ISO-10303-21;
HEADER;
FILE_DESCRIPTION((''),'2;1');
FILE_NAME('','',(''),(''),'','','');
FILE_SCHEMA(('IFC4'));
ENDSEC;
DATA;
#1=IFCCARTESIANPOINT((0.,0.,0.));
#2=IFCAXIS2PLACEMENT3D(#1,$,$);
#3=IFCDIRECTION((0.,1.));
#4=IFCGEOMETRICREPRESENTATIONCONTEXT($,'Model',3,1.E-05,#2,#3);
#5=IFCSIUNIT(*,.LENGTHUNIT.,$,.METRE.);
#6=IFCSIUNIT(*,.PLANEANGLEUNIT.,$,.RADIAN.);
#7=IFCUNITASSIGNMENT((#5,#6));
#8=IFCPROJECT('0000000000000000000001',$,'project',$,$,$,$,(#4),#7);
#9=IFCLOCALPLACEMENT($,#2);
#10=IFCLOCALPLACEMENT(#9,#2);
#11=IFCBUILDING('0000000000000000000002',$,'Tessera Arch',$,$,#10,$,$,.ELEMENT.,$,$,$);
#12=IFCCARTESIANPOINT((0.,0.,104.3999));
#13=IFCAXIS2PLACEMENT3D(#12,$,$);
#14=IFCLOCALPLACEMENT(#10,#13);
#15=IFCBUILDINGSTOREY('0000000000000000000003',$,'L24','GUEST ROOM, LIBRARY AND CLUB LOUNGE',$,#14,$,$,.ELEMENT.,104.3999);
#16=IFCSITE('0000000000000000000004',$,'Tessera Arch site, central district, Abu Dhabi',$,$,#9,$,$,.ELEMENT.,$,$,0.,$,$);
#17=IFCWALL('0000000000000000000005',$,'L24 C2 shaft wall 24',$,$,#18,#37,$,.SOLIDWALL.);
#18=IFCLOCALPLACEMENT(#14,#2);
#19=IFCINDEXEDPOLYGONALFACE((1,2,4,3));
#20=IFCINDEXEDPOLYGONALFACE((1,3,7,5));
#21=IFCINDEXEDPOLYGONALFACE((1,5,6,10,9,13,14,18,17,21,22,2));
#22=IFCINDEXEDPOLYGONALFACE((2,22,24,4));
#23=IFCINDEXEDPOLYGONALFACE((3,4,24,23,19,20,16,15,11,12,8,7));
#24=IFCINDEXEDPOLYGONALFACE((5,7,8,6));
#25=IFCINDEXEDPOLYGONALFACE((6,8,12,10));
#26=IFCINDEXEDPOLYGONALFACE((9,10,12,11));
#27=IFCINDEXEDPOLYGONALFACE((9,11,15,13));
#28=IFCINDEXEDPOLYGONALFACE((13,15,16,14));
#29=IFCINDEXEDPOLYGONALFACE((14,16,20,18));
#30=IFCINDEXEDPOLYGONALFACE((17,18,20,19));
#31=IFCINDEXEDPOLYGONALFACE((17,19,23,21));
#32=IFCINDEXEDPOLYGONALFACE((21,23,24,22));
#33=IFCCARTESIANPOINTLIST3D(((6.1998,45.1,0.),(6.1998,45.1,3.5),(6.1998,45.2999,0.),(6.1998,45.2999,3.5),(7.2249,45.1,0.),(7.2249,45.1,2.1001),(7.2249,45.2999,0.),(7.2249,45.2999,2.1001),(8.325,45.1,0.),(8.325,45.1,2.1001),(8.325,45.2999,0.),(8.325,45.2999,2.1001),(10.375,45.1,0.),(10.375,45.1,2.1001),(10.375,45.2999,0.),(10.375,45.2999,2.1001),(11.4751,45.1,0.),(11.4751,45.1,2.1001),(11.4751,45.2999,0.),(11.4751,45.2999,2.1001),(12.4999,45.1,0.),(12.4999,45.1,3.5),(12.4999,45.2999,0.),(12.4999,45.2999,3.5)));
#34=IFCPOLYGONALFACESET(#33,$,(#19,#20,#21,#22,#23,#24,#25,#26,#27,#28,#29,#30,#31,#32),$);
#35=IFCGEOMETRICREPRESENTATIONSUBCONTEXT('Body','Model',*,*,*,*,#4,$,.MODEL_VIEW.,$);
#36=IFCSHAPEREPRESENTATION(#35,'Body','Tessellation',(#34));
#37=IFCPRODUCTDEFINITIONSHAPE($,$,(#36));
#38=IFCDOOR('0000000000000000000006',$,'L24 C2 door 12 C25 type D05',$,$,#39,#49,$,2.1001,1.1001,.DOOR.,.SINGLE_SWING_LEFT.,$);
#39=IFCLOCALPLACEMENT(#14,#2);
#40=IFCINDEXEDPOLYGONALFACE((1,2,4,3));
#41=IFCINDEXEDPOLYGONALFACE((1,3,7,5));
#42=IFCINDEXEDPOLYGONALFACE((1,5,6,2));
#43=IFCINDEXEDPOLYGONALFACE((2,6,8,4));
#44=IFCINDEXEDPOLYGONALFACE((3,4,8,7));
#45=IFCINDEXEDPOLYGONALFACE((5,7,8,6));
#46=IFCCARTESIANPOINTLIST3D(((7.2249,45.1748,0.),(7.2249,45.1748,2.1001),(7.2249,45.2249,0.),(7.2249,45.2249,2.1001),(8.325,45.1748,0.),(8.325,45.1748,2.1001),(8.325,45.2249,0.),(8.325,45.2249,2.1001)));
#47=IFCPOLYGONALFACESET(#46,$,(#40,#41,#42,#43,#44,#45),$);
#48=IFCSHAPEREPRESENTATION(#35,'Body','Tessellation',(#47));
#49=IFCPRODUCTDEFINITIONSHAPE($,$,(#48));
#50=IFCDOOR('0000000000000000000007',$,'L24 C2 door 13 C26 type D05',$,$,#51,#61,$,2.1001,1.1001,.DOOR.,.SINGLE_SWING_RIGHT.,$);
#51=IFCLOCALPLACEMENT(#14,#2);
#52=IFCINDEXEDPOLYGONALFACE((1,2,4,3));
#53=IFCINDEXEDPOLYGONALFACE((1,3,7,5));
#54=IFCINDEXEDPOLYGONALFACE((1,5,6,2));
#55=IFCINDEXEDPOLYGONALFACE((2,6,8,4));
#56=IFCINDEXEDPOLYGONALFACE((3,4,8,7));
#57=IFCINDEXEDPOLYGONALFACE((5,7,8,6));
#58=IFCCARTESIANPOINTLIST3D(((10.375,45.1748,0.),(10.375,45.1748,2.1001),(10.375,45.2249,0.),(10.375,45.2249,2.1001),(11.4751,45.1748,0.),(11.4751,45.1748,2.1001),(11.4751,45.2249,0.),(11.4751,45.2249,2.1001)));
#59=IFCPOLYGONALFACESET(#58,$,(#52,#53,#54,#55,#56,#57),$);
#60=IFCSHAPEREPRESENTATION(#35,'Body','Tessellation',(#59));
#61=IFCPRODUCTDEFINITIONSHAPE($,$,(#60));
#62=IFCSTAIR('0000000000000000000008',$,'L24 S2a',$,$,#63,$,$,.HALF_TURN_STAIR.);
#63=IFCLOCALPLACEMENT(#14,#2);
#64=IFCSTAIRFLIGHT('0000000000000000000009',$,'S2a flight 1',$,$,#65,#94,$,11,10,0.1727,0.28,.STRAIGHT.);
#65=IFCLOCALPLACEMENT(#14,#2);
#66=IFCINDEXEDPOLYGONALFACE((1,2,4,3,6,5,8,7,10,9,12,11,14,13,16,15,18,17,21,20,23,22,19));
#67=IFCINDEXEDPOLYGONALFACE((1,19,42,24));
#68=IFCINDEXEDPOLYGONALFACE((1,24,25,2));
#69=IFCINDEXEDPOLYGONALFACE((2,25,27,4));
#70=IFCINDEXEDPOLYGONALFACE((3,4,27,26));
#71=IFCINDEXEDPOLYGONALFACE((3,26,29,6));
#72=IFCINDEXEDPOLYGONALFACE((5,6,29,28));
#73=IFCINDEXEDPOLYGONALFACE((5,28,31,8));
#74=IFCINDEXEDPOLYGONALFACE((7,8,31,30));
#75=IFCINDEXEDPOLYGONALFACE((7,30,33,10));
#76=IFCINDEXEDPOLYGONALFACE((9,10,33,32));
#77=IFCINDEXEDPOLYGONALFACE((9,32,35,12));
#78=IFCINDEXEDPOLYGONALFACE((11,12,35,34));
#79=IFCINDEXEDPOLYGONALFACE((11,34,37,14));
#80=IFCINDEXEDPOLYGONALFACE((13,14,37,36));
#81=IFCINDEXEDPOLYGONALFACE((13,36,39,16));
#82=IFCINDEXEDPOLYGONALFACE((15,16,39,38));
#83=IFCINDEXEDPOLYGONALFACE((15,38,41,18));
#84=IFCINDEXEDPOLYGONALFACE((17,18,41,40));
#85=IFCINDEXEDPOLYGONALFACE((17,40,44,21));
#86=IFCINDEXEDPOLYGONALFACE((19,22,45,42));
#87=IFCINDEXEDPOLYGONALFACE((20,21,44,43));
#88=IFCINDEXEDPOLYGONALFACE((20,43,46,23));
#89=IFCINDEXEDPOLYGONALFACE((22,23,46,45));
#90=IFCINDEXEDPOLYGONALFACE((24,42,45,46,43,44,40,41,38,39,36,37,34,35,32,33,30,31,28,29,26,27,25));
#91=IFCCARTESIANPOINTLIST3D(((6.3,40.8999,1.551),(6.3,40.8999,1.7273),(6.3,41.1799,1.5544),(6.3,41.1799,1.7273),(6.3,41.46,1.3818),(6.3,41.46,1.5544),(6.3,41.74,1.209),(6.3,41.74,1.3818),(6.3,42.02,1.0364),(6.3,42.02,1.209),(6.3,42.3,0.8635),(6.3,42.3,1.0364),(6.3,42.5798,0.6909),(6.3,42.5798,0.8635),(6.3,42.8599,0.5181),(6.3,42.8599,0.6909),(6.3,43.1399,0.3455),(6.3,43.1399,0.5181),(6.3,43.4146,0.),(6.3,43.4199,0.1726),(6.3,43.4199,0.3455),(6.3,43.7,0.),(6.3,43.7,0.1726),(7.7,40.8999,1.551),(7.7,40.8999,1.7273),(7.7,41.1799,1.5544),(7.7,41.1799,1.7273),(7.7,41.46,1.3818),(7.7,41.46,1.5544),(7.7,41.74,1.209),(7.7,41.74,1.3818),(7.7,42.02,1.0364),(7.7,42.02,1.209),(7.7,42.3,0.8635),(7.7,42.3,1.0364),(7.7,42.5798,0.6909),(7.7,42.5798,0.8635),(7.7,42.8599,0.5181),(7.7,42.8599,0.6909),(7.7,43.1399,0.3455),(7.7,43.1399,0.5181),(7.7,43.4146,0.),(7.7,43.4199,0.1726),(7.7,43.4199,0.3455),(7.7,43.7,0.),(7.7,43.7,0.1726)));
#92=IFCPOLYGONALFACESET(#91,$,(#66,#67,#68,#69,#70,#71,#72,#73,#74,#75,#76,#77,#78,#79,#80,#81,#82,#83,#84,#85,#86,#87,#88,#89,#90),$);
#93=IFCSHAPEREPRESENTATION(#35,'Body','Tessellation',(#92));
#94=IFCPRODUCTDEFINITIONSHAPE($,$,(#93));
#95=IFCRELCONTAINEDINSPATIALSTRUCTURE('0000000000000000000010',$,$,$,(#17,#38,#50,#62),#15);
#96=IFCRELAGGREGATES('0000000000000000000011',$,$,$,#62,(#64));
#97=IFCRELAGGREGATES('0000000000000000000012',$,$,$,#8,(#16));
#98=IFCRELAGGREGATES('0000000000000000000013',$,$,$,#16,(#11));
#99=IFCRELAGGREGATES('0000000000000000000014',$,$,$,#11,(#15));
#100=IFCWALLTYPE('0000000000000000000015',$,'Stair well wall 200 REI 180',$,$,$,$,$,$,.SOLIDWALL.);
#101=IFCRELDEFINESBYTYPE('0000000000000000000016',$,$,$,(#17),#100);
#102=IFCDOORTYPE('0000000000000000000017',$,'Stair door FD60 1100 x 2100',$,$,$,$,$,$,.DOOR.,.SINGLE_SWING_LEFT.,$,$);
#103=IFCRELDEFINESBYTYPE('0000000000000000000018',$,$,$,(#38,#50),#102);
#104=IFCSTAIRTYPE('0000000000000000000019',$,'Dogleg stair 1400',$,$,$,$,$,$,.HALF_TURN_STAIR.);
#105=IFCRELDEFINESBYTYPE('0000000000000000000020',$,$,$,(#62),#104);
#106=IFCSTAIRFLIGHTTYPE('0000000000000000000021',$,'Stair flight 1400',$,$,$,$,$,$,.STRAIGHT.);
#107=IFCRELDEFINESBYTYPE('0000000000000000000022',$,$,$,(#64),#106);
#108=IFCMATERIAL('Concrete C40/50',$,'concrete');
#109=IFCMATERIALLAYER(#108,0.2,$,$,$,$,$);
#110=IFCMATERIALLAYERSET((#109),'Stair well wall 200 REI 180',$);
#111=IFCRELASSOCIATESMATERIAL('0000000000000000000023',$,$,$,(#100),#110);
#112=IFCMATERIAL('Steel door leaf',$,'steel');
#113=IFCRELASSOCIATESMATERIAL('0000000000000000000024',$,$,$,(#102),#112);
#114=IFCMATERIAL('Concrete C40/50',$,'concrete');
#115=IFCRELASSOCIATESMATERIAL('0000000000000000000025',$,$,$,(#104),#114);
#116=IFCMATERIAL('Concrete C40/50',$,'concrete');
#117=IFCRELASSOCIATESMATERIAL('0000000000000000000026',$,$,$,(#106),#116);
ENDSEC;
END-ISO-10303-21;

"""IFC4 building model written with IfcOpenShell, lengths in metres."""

from ifc_helpers import new_model, si_unit, direction, frame, frame_2d, origin, place, context, subcontext, project, spatial, polyline, rectangle, outline, extrude, material, layer, layer_set, type_object, element, fill, aggregate, save


model = new_model("IFC4")

# Units and contexts
model_context = context("Model", 3, precision=1e-05, world=origin(), true_north=direction((0.0, 1.0)))
body_context = subcontext(model_context, "Body", "Model", "MODEL_VIEW")
ifc_project = project(units=[si_unit("LENGTHUNIT", "METRE"), si_unit("PLANEANGLEUNIT", "RADIAN")], contexts=[model_context])

# Site, building, storey
site_placement = place(None, origin())
site = spatial("IfcSite", under=ifc_project, at=site_placement, Name="Tessera Arch site, central district, Abu Dhabi", CompositionType="ELEMENT", RefElevation=0.0)
building_placement = place(site_placement, origin())
building = spatial("IfcBuilding", under=site, at=building_placement, Name="Tessera Arch", CompositionType="ELEMENT")
storey_placement = place(building_placement, frame((0.0, 0.0, 104.3999)))
storey = spatial("IfcBuildingStorey", under=building, at=storey_placement, Name="L24", Description="GUEST ROOM, LIBRARY AND CLUB LOUNGE", CompositionType="ELEMENT", Elevation=104.3999)

# Wall, openings, doors
ifc_material_1 = material(Name="Concrete C40/50", Category="concrete")
ifc_layer_1 = layer(ifc_material_1, 0.2)
ifc_layer_set_1 = layer_set([ifc_layer_1], Name="Stair well wall 200 REI 180")
wall_type_1 = type_object("IfcWallType", Name="Stair well wall 200 REI 180", PredefinedType="SOLIDWALL", material=ifc_layer_set_1)
wall_1_placement = place(storey_placement, frame((6.2, 45.2, 0.0), z_axis=(0.0, 0.0, 1.0), x_axis=(1.0, 0.0, 0.0)))
wall_1 = element("IfcWall", 1, at=wall_1_placement, inside=storey, type_object=wall_type_1, Name="L24 C2 shaft wall 24", PredefinedType="SOLIDWALL", context=body_context, shape_type="SweptSolid", body=[
    extrude(rectangle(XDim=6.3, YDim=0.2, at=frame_2d((3.1499, 0.0))), origin(), (0.0, 0.0, 1.0), 3.5),
])
opening_1_placement = place(wall_1_placement, frame((1.0249, 0.0, 0.0)))
opening_1 = element("IfcOpeningElement", 2, at=opening_1_placement, cuts=wall_1, PredefinedType="OPENING", context=body_context, shape_type="SweptSolid", body=[
    extrude(rectangle(XDim=1.1001, YDim=2.1001, at=frame_2d((0.55, 1.05))), frame((0.0, 0.1099, 0.0), z_axis=(0.0, -1.0, 0.0), x_axis=(1.0, 0.0, 0.0)), (0.0, 0.0, 1.0), 0.22),
])
opening_2_placement = place(wall_1_placement, frame((4.175, 0.0, 0.0)))
opening_2 = element("IfcOpeningElement", 3, at=opening_2_placement, cuts=wall_1, PredefinedType="OPENING", context=body_context, shape_type="SweptSolid", body=[
    extrude(rectangle(XDim=1.1001, YDim=2.1001, at=frame_2d((0.55, 1.05))), frame((0.0, 0.1099, 0.0), z_axis=(0.0, -1.0, 0.0), x_axis=(1.0, 0.0, 0.0)), (0.0, 0.0, 1.0), 0.22),
])
ifc_material_2 = material(Name="Steel door leaf", Category="steel")
door_type_1 = type_object("IfcDoorType", Name="Stair door FD60 1100 x 2100", OperationType="SINGLE_SWING_LEFT", PredefinedType="DOOR", material=ifc_material_2)
door_1_placement = place(opening_1_placement, origin())
door_1 = element("IfcDoor", 4, at=door_1_placement, inside=storey, type_object=door_type_1, Name="L24 C2 door 12 C25 type D05", OperationType="SINGLE_SWING_LEFT", OverallHeight=2.1001, OverallWidth=1.1001, PredefinedType="DOOR", context=body_context, shape_type="SweptSolid", body=[
    extrude(rectangle(XDim=1.1001, YDim=2.1001, at=frame_2d((0.55, 1.05))), frame((0.0, 0.0249, 0.0), z_axis=(0.0, -1.0, 0.0), x_axis=(1.0, 0.0, 0.0)), (0.0, 0.0, 1.0), 0.05),
])
fill(opening_1, door_1)
door_2_placement = place(opening_2_placement, origin())
door_2 = element("IfcDoor", 5, at=door_2_placement, inside=storey, type_object=door_type_1, Name="L24 C2 door 13 C26 type D05", OperationType="SINGLE_SWING_RIGHT", OverallHeight=2.1001, OverallWidth=1.1001, PredefinedType="DOOR", context=body_context, shape_type="SweptSolid", body=[
    extrude(rectangle(XDim=1.1001, YDim=2.1001, at=frame_2d((0.55, 1.05))), frame((0.0, 0.0249, 0.0), z_axis=(0.0, -1.0, 0.0), x_axis=(1.0, 0.0, 0.0)), (0.0, 0.0, 1.0), 0.05),
])
fill(opening_2, door_2)

# Stair, stair flight
ifc_material_3 = material(Name="Concrete C40/50", Category="concrete")
stair_type = type_object("IfcStairType", Name="Dogleg stair 1400", PredefinedType="HALF_TURN_STAIR", material=ifc_material_3)
stair_placement = place(storey_placement, origin())
stair = element("IfcStair", 6, at=stair_placement, inside=storey, type_object=stair_type, Name="L24 S2a", PredefinedType="HALF_TURN_STAIR")
ifc_material_4 = material(Name="Concrete C40/50", Category="concrete")
stair_flight_type = type_object("IfcStairFlightType", Name="Stair flight 1400", PredefinedType="STRAIGHT", material=ifc_material_4)
stair_flight_placement = place(storey_placement, frame((7.0, 43.7, 0.0), z_axis=(0.0, 0.0, 1.0), x_axis=(0.0, -1.0, 0.0)))
stair_flight = element("IfcStairFlight", 7, at=stair_flight_placement, type_object=stair_flight_type, Name="S2a flight 1", NumberOfRisers=11, NumberOfTreads=10, PredefinedType="STRAIGHT", RiserHeight=0.1727, TreadLength=0.28, context=body_context, shape_type="SweptSolid", body=[
    extrude(outline(polyline([(0.0, 0.0), (0.0, 0.1726), (0.28, 0.1726), (0.28, 0.3455), (0.5601, 0.3455), (0.5601, 0.5181), (0.8401, 0.5181), (0.8401, 0.6909), (1.1201, 0.6909), (1.1201, 0.8635), (1.3999, 0.8635), (1.3999, 1.0364), (1.6799, 1.0364), (1.6799, 1.209), (1.96, 1.209), (1.96, 1.3818), (2.24, 1.3818), (2.24, 1.5544), (2.52, 1.5544), (2.52, 1.7273), (2.8, 1.7273), (2.8, 1.8999), (2.8, 1.551), (0.2854, 0.0), (0.0, 0.0)])), frame((0.0, 0.7, 0.0), z_axis=(0.0, -1.0, 0.0), x_axis=(1.0, 0.0, 0.0)), (0.0, 0.0, 1.0), 1.3999),
])
aggregate(stair, [stair_flight])

save(model, "model.ifc")
